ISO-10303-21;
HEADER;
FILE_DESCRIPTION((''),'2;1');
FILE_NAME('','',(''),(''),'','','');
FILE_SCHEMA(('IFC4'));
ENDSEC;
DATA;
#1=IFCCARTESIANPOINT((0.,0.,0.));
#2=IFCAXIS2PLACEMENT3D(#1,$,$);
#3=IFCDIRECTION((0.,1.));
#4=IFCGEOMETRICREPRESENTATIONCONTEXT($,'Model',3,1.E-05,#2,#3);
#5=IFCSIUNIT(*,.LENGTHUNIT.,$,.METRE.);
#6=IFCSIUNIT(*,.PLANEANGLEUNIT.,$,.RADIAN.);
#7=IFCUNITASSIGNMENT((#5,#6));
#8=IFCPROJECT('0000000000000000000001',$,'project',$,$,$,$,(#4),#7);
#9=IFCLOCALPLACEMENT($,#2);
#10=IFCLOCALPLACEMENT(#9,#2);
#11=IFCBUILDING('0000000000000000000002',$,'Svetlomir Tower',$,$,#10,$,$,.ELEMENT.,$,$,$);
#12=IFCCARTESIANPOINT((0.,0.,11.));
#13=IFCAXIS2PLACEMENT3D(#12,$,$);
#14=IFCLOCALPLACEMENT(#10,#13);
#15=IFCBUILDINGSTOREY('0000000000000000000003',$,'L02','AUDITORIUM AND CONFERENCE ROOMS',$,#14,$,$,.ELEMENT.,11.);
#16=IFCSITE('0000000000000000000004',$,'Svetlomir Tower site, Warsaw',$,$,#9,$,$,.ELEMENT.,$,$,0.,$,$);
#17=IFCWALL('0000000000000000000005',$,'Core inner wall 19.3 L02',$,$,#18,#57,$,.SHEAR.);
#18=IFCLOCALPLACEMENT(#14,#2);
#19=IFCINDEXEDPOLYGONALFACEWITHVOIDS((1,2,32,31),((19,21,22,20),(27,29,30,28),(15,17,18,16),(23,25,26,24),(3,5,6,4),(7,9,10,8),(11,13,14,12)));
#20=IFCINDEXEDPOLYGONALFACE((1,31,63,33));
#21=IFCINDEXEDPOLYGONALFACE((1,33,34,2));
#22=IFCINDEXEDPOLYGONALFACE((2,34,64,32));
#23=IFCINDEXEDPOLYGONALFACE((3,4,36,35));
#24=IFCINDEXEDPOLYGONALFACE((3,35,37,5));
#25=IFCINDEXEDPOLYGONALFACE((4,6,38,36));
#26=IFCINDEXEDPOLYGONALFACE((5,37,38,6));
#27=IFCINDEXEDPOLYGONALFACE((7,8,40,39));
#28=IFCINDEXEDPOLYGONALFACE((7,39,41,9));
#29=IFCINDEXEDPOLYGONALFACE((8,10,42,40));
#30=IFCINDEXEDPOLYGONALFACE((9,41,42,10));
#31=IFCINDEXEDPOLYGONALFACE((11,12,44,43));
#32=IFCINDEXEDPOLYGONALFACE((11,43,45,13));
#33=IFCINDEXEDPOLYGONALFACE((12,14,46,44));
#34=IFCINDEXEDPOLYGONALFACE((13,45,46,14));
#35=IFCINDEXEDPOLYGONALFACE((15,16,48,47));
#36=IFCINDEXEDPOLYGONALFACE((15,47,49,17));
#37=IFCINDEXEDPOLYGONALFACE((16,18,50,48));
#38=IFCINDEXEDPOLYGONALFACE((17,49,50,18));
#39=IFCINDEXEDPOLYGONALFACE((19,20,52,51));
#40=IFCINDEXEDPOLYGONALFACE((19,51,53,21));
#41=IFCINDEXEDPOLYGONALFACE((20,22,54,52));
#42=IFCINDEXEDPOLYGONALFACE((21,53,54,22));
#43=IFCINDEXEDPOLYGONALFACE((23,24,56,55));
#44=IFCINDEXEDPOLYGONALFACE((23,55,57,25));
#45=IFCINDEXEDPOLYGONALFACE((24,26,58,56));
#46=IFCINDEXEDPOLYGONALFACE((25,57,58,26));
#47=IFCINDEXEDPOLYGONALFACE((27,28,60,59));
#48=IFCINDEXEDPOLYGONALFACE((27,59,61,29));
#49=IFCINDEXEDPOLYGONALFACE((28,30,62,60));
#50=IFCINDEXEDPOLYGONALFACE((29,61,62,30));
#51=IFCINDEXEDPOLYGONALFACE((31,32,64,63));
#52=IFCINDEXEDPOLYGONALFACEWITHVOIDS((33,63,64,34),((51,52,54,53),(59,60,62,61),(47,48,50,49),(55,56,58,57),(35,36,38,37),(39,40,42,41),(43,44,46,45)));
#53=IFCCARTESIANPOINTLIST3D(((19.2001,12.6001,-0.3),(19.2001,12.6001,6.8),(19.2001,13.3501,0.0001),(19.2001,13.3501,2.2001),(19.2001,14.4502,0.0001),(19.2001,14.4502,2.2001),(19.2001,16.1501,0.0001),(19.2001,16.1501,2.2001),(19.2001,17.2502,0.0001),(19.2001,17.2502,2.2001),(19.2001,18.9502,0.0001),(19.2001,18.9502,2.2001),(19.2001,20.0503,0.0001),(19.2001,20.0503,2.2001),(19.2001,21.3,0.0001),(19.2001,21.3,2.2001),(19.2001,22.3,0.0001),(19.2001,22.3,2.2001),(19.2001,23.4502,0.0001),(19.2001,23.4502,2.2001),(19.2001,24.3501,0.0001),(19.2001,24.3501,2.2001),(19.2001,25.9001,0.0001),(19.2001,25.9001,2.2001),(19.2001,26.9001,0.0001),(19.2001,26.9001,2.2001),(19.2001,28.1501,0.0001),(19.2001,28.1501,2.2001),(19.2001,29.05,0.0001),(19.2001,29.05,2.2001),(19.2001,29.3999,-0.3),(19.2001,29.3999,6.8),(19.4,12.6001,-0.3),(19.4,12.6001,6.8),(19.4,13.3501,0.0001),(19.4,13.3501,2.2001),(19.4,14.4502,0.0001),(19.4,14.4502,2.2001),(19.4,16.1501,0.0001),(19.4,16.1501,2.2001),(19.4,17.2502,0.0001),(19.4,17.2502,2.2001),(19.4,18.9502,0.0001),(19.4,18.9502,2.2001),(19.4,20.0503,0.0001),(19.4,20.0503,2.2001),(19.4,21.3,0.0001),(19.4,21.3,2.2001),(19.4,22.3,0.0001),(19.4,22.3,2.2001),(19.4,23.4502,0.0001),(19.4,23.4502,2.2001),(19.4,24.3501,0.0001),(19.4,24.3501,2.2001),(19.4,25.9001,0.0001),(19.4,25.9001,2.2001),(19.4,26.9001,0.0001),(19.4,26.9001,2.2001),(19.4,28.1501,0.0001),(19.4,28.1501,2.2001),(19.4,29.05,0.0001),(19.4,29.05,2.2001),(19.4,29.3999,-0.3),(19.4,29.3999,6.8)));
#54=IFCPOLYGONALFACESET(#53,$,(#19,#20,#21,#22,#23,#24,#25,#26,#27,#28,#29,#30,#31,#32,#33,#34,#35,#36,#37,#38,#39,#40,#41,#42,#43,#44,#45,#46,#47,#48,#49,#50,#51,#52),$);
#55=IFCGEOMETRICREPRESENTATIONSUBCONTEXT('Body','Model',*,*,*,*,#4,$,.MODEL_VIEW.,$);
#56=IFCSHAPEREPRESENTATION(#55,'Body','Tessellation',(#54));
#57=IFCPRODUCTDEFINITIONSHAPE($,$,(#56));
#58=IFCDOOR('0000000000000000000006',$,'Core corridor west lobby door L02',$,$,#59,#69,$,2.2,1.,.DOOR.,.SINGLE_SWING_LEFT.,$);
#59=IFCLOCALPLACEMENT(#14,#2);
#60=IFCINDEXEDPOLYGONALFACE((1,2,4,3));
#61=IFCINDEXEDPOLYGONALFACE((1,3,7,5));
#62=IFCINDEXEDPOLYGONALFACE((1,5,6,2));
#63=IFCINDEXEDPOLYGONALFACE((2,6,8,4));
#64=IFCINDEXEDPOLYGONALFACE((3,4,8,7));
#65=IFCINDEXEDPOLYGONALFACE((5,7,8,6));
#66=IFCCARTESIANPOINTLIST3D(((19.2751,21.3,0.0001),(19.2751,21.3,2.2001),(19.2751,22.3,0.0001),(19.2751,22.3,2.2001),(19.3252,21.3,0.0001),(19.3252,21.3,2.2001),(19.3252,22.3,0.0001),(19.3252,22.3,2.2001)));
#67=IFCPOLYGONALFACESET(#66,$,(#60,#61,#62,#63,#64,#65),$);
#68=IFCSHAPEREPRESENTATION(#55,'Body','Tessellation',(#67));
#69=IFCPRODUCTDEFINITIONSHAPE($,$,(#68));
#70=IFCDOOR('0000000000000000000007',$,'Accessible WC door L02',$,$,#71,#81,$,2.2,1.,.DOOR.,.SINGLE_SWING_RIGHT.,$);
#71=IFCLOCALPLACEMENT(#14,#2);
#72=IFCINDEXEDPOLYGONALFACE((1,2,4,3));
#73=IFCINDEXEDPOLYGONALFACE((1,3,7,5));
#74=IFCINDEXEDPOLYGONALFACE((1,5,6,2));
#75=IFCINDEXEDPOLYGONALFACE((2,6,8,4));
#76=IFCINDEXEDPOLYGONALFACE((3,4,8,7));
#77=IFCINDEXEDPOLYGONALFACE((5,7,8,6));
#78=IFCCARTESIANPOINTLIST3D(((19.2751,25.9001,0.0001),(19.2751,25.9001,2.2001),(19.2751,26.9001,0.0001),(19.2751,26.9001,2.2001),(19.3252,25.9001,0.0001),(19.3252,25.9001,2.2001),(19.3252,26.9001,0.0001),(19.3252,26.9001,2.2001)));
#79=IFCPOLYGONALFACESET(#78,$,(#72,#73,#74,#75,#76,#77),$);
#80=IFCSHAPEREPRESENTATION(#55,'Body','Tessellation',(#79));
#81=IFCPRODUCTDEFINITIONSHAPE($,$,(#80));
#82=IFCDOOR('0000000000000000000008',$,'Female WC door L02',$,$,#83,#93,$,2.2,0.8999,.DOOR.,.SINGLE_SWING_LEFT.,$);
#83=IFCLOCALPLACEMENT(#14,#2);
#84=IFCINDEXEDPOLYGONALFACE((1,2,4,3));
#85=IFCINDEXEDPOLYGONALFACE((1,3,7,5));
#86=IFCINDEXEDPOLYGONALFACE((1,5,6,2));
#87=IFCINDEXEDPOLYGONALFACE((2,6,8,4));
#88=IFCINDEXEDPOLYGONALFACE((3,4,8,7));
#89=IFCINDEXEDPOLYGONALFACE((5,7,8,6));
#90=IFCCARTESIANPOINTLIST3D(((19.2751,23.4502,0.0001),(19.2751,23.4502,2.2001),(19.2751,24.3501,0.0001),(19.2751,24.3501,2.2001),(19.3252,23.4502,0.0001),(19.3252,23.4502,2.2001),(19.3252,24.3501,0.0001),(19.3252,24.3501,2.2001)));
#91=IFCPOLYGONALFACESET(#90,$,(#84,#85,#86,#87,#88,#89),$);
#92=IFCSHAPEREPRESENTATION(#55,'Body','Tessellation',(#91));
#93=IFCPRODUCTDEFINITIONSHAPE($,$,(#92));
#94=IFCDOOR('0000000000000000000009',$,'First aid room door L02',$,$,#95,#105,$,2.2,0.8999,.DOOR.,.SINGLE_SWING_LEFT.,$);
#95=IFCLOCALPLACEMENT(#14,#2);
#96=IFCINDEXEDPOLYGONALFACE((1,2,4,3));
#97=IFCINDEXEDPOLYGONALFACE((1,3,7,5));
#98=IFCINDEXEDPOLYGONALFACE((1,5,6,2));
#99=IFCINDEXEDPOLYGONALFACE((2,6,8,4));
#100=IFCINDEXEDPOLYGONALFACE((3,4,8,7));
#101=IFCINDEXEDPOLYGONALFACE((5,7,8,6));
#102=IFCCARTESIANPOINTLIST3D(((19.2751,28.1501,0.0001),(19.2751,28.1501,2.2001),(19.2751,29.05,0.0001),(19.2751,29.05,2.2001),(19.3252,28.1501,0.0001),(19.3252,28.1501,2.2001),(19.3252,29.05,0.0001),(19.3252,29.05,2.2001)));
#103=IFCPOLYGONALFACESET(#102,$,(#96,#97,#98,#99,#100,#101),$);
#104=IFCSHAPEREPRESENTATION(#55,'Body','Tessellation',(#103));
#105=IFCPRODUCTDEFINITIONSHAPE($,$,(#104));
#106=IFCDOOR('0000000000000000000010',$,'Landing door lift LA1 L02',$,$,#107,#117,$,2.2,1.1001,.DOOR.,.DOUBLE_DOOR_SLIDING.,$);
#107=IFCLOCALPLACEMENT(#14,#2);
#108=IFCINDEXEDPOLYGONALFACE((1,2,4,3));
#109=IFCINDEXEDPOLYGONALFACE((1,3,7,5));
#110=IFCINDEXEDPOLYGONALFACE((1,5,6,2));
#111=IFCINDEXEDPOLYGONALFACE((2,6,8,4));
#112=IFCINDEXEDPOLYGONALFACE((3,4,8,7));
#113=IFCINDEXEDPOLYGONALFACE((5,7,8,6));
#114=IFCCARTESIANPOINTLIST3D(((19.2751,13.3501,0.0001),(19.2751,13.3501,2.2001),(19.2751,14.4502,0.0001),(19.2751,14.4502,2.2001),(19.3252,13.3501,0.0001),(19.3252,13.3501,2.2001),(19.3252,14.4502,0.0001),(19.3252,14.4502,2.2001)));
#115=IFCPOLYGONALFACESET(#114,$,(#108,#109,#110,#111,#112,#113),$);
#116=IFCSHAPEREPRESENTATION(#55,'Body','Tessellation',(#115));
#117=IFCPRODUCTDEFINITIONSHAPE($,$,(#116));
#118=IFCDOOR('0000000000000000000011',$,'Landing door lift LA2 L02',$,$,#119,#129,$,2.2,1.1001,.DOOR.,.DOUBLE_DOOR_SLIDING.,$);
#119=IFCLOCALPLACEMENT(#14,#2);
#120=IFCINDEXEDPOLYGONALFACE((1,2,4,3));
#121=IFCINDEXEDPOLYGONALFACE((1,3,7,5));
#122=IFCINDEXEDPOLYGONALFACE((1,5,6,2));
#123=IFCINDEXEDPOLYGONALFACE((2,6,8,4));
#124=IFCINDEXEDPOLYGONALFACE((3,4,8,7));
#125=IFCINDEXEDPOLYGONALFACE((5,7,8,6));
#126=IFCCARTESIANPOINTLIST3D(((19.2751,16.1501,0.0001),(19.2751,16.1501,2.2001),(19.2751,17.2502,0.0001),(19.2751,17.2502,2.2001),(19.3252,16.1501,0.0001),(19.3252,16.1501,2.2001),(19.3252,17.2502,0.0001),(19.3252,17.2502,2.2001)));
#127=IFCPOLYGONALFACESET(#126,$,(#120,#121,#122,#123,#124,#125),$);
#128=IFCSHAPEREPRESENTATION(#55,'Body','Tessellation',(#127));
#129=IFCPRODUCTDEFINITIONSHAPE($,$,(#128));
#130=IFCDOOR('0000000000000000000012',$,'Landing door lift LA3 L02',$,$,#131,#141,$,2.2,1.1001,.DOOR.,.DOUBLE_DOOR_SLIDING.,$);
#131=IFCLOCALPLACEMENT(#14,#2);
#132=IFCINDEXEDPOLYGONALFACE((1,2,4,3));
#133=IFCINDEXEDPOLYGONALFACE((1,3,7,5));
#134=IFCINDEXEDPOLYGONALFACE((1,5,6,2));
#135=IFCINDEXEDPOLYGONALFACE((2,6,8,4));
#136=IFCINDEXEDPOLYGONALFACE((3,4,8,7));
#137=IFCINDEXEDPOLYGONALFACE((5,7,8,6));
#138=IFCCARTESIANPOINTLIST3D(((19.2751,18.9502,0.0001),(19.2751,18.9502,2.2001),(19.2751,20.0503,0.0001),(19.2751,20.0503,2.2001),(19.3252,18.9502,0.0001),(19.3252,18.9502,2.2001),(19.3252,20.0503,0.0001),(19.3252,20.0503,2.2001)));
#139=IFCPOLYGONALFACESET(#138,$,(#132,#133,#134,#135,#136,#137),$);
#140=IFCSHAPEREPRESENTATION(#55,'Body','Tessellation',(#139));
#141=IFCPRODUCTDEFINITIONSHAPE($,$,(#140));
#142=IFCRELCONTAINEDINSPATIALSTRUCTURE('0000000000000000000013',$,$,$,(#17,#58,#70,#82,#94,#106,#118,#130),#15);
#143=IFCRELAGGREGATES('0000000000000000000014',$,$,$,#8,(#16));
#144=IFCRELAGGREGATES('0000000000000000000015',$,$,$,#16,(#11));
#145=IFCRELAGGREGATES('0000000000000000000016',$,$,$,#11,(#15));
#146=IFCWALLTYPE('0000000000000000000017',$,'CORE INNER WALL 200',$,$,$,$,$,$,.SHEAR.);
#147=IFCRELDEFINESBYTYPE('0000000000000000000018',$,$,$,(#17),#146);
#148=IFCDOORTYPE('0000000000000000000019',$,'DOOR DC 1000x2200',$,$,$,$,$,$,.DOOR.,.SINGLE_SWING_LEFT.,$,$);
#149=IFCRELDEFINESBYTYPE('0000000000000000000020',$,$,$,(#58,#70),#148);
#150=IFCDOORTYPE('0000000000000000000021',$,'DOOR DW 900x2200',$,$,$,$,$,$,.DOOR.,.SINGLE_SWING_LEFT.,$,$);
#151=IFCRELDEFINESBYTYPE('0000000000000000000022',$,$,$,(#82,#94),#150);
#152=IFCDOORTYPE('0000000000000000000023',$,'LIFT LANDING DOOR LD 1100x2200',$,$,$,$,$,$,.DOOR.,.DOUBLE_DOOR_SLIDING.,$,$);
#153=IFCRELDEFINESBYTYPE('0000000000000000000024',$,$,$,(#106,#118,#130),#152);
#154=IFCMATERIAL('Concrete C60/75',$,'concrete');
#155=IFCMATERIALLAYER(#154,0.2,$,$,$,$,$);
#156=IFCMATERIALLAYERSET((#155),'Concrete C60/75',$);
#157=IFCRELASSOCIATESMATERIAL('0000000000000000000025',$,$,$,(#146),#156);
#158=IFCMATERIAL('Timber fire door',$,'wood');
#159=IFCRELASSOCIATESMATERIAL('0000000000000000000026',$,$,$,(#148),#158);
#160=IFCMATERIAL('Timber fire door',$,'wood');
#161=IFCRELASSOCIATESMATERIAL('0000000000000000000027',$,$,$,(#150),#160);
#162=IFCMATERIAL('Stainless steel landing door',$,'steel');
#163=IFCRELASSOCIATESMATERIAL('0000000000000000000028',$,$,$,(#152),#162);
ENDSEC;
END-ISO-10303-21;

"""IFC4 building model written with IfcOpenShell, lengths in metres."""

from ifc_helpers import new_model, si_unit, direction, frame, frame_2d, origin, place, context, subcontext, project, spatial, rectangle, extrude, material, layer, layer_set, type_object, element, fill, save


model = new_model("IFC4")

# Units and contexts
model_context = context("Model", 3, precision=1e-05, world=origin(), true_north=direction((0.0, 1.0)))
body_context = subcontext(model_context, "Body", "Model", "MODEL_VIEW")
ifc_project = project(units=[si_unit("LENGTHUNIT", "METRE"), si_unit("PLANEANGLEUNIT", "RADIAN")], contexts=[model_context])

# Site, building, storey
site_placement = place(None, origin())
site = spatial("IfcSite", under=ifc_project, at=site_placement, Name="Svetlomir Tower site, Warsaw", CompositionType="ELEMENT", RefElevation=0.0)
building_placement = place(site_placement, origin())
building = spatial("IfcBuilding", under=site, at=building_placement, Name="Svetlomir Tower", CompositionType="ELEMENT")
storey_placement = place(building_placement, frame((0.0, 0.0, 11.0)))
storey = spatial("IfcBuildingStorey", under=building, at=storey_placement, Name="L02", Description="AUDITORIUM AND CONFERENCE ROOMS", CompositionType="ELEMENT", Elevation=11.0)

# Wall, openings, doors
ifc_material_1 = material(Name="Concrete C60/75", Category="concrete")
ifc_layer_1 = layer(ifc_material_1, 0.2)
ifc_layer_set_1 = layer_set([ifc_layer_1], Name="Concrete C60/75")
wall_type_1 = type_object("IfcWallType", Name="CORE INNER WALL 200", PredefinedType="SHEAR", material=ifc_layer_set_1)
wall_1_placement = place(storey_placement, frame((19.3, 12.6001, -0.3), z_axis=(0.0, 0.0, 1.0), x_axis=(0.0, 1.0, 0.0)))
wall_1 = element("IfcWall", 1, at=wall_1_placement, inside=storey, type_object=wall_type_1, Name="Core inner wall 19.3 L02", PredefinedType="SHEAR", context=body_context, shape_type="SweptSolid", body=[
    extrude(rectangle(XDim=16.7998, YDim=0.2, at=frame_2d((8.3999, 0.0))), origin(), (0.0, 0.0, 1.0), 7.1001),
])
opening_1_placement = place(wall_1_placement, frame((8.7, 0.0, 0.3)))
opening_1 = element("IfcOpeningElement", 2, at=opening_1_placement, cuts=wall_1, PredefinedType="OPENING", context=body_context, shape_type="SweptSolid", body=[
    extrude(rectangle(XDim=1.0, YDim=2.2, at=frame_2d((0.5, 1.1001))), frame((0.0, 0.1099, 0.0), z_axis=(0.0, -1.0, 0.0), x_axis=(1.0, 0.0, 0.0)), (0.0, 0.0, 1.0), 0.22),
])
opening_2_placement = place(wall_1_placement, frame((10.8501, 0.0, 0.3)))
opening_2 = element("IfcOpeningElement", 3, at=opening_2_placement, cuts=wall_1, PredefinedType="OPENING", context=body_context, shape_type="SweptSolid", body=[
    extrude(rectangle(XDim=0.8999, YDim=2.2, at=frame_2d((0.45, 1.1001))), frame((0.0, 0.1099, 0.0), z_axis=(0.0, -1.0, 0.0), x_axis=(1.0, 0.0, 0.0)), (0.0, 0.0, 1.0), 0.22),
])
opening_3_placement = place(wall_1_placement, frame((13.3, 0.0, 0.3)))
opening_3 = element("IfcOpeningElement", 4, at=opening_3_placement, cuts=wall_1, PredefinedType="OPENING", context=body_context, shape_type="SweptSolid", body=[
    extrude(rectangle(XDim=1.0, YDim=2.2, at=frame_2d((0.5, 1.1001))), frame((0.0, 0.1099, 0.0), z_axis=(0.0, -1.0, 0.0), x_axis=(1.0, 0.0, 0.0)), (0.0, 0.0, 1.0), 0.22),
])
opening_4_placement = place(wall_1_placement, frame((15.55, 0.0, 0.3)))
opening_4 = element("IfcOpeningElement", 5, at=opening_4_placement, cuts=wall_1, PredefinedType="OPENING", context=body_context, shape_type="SweptSolid", body=[
    extrude(rectangle(XDim=0.8999, YDim=2.2, at=frame_2d((0.45, 1.1001))), frame((0.0, 0.1099, 0.0), z_axis=(0.0, -1.0, 0.0), x_axis=(1.0, 0.0, 0.0)), (0.0, 0.0, 1.0), 0.22),
])
opening_5_placement = place(wall_1_placement, frame((0.75, 0.0, 0.3)))
opening_5 = element("IfcOpeningElement", 6, at=opening_5_placement, cuts=wall_1, PredefinedType="OPENING", context=body_context, shape_type="SweptSolid", body=[
    extrude(rectangle(XDim=1.1001, YDim=2.2, at=frame_2d((0.55, 1.1001))), frame((0.0, 0.1099, 0.0), z_axis=(0.0, -1.0, 0.0), x_axis=(1.0, 0.0, 0.0)), (0.0, 0.0, 1.0), 0.22),
])
opening_6_placement = place(wall_1_placement, frame((3.55, 0.0, 0.3)))
opening_6 = element("IfcOpeningElement", 7, at=opening_6_placement, cuts=wall_1, PredefinedType="OPENING", context=body_context, shape_type="SweptSolid", body=[
    extrude(rectangle(XDim=1.1001, YDim=2.2, at=frame_2d((0.55, 1.1001))), frame((0.0, 0.1099, 0.0), z_axis=(0.0, -1.0, 0.0), x_axis=(1.0, 0.0, 0.0)), (0.0, 0.0, 1.0), 0.22),
])
opening_7_placement = place(wall_1_placement, frame((6.3501, 0.0, 0.3)))
opening_7 = element("IfcOpeningElement", 8, at=opening_7_placement, cuts=wall_1, PredefinedType="OPENING", context=body_context, shape_type="SweptSolid", body=[
    extrude(rectangle(XDim=1.1001, YDim=2.2, at=frame_2d((0.55, 1.1001))), frame((0.0, 0.1099, 0.0), z_axis=(0.0, -1.0, 0.0), x_axis=(1.0, 0.0, 0.0)), (0.0, 0.0, 1.0), 0.22),
])
ifc_material_2 = material(Name="Timber fire door", Category="wood")
door_type_1 = type_object("IfcDoorType", Name="DOOR DC 1000x2200", OperationType="SINGLE_SWING_LEFT", PredefinedType="DOOR", material=ifc_material_2)
door_1_placement = place(opening_1_placement, origin())
door_1 = element("IfcDoor", 9, at=door_1_placement, inside=storey, type_object=door_type_1, Name="Core corridor west lobby door L02", OperationType="SINGLE_SWING_LEFT", OverallHeight=2.2, OverallWidth=1.0, PredefinedType="DOOR", context=body_context, shape_type="SweptSolid", body=[
    extrude(rectangle(XDim=1.0, YDim=2.2, at=frame_2d((0.5, 1.1001))), frame((0.0, 0.0249, 0.0), z_axis=(0.0, -1.0, 0.0), x_axis=(1.0, 0.0, 0.0)), (0.0, 0.0, 1.0), 0.05),
])
fill(opening_1, door_1)
door_2_placement = place(opening_3_placement, origin())
door_2 = element("IfcDoor", 10, at=door_2_placement, inside=storey, type_object=door_type_1, Name="Accessible WC door L02", OperationType="SINGLE_SWING_RIGHT", OverallHeight=2.2, OverallWidth=1.0, PredefinedType="DOOR", context=body_context, shape_type="SweptSolid", body=[
    extrude(rectangle(XDim=1.0, YDim=2.2, at=frame_2d((0.5, 1.1001))), frame((0.0, 0.0249, 0.0), z_axis=(0.0, -1.0, 0.0), x_axis=(1.0, 0.0, 0.0)), (0.0, 0.0, 1.0), 0.05),
])
fill(opening_3, door_2)
ifc_material_3 = material(Name="Timber fire door", Category="wood")
door_type_2 = type_object("IfcDoorType", Name="DOOR DW 900x2200", OperationType="SINGLE_SWING_LEFT", PredefinedType="DOOR", material=ifc_material_3)
door_3_placement = place(opening_2_placement, origin())
door_3 = element("IfcDoor", 11, at=door_3_placement, inside=storey, type_object=door_type_2, Name="Female WC door L02", OperationType="SINGLE_SWING_LEFT", OverallHeight=2.2, OverallWidth=0.8999, PredefinedType="DOOR", context=body_context, shape_type="SweptSolid", body=[
    extrude(rectangle(XDim=0.8999, YDim=2.2, at=frame_2d((0.45, 1.1001))), frame((0.0, 0.0249, 0.0), z_axis=(0.0, -1.0, 0.0), x_axis=(1.0, 0.0, 0.0)), (0.0, 0.0, 1.0), 0.05),
])
fill(opening_2, door_3)
door_4_placement = place(opening_4_placement, origin())
door_4 = element("IfcDoor", 12, at=door_4_placement, inside=storey, type_object=door_type_2, Name="First aid room door L02", OperationType="SINGLE_SWING_LEFT", OverallHeight=2.2, OverallWidth=0.8999, PredefinedType="DOOR", context=body_context, shape_type="SweptSolid", body=[
    extrude(rectangle(XDim=0.8999, YDim=2.2, at=frame_2d((0.45, 1.1001))), frame((0.0, 0.0249, 0.0), z_axis=(0.0, -1.0, 0.0), x_axis=(1.0, 0.0, 0.0)), (0.0, 0.0, 1.0), 0.05),
])
fill(opening_4, door_4)
ifc_material_4 = material(Name="Stainless steel landing door", Category="steel")
door_type_3 = type_object("IfcDoorType", Name="LIFT LANDING DOOR LD 1100x2200", OperationType="DOUBLE_DOOR_SLIDING", PredefinedType="DOOR", material=ifc_material_4)
door_5_placement = place(opening_5_placement, origin())
door_5 = element("IfcDoor", 13, at=door_5_placement, inside=storey, type_object=door_type_3, Name="Landing door lift LA1 L02", OperationType="DOUBLE_DOOR_SLIDING", OverallHeight=2.2, OverallWidth=1.1001, PredefinedType="DOOR", context=body_context, shape_type="SweptSolid", body=[
    extrude(rectangle(XDim=1.1001, YDim=2.2, at=frame_2d((0.55, 1.1001))), frame((0.0, 0.0249, 0.0), z_axis=(0.0, -1.0, 0.0), x_axis=(1.0, 0.0, 0.0)), (0.0, 0.0, 1.0), 0.05),
])
fill(opening_5, door_5)
door_6_placement = place(opening_6_placement, origin())
door_6 = element("IfcDoor", 14, at=door_6_placement, inside=storey, type_object=door_type_3, Name="Landing door lift LA2 L02", OperationType="DOUBLE_DOOR_SLIDING", OverallHeight=2.2, OverallWidth=1.1001, PredefinedType="DOOR", context=body_context, shape_type="SweptSolid", body=[
    extrude(rectangle(XDim=1.1001, YDim=2.2, at=frame_2d((0.55, 1.1001))), frame((0.0, 0.0249, 0.0), z_axis=(0.0, -1.0, 0.0), x_axis=(1.0, 0.0, 0.0)), (0.0, 0.0, 1.0), 0.05),
])
fill(opening_6, door_6)
door_7_placement = place(opening_7_placement, origin())
door_7 = element("IfcDoor", 15, at=door_7_placement, inside=storey, type_object=door_type_3, Name="Landing door lift LA3 L02", OperationType="DOUBLE_DOOR_SLIDING", OverallHeight=2.2, OverallWidth=1.1001, PredefinedType="DOOR", context=body_context, shape_type="SweptSolid", body=[
    extrude(rectangle(XDim=1.1001, YDim=2.2, at=frame_2d((0.55, 1.1001))), frame((0.0, 0.0249, 0.0), z_axis=(0.0, -1.0, 0.0), x_axis=(1.0, 0.0, 0.0)), (0.0, 0.0, 1.0), 0.05),
])
fill(opening_7, door_7)

save(model, "model.ifc")
